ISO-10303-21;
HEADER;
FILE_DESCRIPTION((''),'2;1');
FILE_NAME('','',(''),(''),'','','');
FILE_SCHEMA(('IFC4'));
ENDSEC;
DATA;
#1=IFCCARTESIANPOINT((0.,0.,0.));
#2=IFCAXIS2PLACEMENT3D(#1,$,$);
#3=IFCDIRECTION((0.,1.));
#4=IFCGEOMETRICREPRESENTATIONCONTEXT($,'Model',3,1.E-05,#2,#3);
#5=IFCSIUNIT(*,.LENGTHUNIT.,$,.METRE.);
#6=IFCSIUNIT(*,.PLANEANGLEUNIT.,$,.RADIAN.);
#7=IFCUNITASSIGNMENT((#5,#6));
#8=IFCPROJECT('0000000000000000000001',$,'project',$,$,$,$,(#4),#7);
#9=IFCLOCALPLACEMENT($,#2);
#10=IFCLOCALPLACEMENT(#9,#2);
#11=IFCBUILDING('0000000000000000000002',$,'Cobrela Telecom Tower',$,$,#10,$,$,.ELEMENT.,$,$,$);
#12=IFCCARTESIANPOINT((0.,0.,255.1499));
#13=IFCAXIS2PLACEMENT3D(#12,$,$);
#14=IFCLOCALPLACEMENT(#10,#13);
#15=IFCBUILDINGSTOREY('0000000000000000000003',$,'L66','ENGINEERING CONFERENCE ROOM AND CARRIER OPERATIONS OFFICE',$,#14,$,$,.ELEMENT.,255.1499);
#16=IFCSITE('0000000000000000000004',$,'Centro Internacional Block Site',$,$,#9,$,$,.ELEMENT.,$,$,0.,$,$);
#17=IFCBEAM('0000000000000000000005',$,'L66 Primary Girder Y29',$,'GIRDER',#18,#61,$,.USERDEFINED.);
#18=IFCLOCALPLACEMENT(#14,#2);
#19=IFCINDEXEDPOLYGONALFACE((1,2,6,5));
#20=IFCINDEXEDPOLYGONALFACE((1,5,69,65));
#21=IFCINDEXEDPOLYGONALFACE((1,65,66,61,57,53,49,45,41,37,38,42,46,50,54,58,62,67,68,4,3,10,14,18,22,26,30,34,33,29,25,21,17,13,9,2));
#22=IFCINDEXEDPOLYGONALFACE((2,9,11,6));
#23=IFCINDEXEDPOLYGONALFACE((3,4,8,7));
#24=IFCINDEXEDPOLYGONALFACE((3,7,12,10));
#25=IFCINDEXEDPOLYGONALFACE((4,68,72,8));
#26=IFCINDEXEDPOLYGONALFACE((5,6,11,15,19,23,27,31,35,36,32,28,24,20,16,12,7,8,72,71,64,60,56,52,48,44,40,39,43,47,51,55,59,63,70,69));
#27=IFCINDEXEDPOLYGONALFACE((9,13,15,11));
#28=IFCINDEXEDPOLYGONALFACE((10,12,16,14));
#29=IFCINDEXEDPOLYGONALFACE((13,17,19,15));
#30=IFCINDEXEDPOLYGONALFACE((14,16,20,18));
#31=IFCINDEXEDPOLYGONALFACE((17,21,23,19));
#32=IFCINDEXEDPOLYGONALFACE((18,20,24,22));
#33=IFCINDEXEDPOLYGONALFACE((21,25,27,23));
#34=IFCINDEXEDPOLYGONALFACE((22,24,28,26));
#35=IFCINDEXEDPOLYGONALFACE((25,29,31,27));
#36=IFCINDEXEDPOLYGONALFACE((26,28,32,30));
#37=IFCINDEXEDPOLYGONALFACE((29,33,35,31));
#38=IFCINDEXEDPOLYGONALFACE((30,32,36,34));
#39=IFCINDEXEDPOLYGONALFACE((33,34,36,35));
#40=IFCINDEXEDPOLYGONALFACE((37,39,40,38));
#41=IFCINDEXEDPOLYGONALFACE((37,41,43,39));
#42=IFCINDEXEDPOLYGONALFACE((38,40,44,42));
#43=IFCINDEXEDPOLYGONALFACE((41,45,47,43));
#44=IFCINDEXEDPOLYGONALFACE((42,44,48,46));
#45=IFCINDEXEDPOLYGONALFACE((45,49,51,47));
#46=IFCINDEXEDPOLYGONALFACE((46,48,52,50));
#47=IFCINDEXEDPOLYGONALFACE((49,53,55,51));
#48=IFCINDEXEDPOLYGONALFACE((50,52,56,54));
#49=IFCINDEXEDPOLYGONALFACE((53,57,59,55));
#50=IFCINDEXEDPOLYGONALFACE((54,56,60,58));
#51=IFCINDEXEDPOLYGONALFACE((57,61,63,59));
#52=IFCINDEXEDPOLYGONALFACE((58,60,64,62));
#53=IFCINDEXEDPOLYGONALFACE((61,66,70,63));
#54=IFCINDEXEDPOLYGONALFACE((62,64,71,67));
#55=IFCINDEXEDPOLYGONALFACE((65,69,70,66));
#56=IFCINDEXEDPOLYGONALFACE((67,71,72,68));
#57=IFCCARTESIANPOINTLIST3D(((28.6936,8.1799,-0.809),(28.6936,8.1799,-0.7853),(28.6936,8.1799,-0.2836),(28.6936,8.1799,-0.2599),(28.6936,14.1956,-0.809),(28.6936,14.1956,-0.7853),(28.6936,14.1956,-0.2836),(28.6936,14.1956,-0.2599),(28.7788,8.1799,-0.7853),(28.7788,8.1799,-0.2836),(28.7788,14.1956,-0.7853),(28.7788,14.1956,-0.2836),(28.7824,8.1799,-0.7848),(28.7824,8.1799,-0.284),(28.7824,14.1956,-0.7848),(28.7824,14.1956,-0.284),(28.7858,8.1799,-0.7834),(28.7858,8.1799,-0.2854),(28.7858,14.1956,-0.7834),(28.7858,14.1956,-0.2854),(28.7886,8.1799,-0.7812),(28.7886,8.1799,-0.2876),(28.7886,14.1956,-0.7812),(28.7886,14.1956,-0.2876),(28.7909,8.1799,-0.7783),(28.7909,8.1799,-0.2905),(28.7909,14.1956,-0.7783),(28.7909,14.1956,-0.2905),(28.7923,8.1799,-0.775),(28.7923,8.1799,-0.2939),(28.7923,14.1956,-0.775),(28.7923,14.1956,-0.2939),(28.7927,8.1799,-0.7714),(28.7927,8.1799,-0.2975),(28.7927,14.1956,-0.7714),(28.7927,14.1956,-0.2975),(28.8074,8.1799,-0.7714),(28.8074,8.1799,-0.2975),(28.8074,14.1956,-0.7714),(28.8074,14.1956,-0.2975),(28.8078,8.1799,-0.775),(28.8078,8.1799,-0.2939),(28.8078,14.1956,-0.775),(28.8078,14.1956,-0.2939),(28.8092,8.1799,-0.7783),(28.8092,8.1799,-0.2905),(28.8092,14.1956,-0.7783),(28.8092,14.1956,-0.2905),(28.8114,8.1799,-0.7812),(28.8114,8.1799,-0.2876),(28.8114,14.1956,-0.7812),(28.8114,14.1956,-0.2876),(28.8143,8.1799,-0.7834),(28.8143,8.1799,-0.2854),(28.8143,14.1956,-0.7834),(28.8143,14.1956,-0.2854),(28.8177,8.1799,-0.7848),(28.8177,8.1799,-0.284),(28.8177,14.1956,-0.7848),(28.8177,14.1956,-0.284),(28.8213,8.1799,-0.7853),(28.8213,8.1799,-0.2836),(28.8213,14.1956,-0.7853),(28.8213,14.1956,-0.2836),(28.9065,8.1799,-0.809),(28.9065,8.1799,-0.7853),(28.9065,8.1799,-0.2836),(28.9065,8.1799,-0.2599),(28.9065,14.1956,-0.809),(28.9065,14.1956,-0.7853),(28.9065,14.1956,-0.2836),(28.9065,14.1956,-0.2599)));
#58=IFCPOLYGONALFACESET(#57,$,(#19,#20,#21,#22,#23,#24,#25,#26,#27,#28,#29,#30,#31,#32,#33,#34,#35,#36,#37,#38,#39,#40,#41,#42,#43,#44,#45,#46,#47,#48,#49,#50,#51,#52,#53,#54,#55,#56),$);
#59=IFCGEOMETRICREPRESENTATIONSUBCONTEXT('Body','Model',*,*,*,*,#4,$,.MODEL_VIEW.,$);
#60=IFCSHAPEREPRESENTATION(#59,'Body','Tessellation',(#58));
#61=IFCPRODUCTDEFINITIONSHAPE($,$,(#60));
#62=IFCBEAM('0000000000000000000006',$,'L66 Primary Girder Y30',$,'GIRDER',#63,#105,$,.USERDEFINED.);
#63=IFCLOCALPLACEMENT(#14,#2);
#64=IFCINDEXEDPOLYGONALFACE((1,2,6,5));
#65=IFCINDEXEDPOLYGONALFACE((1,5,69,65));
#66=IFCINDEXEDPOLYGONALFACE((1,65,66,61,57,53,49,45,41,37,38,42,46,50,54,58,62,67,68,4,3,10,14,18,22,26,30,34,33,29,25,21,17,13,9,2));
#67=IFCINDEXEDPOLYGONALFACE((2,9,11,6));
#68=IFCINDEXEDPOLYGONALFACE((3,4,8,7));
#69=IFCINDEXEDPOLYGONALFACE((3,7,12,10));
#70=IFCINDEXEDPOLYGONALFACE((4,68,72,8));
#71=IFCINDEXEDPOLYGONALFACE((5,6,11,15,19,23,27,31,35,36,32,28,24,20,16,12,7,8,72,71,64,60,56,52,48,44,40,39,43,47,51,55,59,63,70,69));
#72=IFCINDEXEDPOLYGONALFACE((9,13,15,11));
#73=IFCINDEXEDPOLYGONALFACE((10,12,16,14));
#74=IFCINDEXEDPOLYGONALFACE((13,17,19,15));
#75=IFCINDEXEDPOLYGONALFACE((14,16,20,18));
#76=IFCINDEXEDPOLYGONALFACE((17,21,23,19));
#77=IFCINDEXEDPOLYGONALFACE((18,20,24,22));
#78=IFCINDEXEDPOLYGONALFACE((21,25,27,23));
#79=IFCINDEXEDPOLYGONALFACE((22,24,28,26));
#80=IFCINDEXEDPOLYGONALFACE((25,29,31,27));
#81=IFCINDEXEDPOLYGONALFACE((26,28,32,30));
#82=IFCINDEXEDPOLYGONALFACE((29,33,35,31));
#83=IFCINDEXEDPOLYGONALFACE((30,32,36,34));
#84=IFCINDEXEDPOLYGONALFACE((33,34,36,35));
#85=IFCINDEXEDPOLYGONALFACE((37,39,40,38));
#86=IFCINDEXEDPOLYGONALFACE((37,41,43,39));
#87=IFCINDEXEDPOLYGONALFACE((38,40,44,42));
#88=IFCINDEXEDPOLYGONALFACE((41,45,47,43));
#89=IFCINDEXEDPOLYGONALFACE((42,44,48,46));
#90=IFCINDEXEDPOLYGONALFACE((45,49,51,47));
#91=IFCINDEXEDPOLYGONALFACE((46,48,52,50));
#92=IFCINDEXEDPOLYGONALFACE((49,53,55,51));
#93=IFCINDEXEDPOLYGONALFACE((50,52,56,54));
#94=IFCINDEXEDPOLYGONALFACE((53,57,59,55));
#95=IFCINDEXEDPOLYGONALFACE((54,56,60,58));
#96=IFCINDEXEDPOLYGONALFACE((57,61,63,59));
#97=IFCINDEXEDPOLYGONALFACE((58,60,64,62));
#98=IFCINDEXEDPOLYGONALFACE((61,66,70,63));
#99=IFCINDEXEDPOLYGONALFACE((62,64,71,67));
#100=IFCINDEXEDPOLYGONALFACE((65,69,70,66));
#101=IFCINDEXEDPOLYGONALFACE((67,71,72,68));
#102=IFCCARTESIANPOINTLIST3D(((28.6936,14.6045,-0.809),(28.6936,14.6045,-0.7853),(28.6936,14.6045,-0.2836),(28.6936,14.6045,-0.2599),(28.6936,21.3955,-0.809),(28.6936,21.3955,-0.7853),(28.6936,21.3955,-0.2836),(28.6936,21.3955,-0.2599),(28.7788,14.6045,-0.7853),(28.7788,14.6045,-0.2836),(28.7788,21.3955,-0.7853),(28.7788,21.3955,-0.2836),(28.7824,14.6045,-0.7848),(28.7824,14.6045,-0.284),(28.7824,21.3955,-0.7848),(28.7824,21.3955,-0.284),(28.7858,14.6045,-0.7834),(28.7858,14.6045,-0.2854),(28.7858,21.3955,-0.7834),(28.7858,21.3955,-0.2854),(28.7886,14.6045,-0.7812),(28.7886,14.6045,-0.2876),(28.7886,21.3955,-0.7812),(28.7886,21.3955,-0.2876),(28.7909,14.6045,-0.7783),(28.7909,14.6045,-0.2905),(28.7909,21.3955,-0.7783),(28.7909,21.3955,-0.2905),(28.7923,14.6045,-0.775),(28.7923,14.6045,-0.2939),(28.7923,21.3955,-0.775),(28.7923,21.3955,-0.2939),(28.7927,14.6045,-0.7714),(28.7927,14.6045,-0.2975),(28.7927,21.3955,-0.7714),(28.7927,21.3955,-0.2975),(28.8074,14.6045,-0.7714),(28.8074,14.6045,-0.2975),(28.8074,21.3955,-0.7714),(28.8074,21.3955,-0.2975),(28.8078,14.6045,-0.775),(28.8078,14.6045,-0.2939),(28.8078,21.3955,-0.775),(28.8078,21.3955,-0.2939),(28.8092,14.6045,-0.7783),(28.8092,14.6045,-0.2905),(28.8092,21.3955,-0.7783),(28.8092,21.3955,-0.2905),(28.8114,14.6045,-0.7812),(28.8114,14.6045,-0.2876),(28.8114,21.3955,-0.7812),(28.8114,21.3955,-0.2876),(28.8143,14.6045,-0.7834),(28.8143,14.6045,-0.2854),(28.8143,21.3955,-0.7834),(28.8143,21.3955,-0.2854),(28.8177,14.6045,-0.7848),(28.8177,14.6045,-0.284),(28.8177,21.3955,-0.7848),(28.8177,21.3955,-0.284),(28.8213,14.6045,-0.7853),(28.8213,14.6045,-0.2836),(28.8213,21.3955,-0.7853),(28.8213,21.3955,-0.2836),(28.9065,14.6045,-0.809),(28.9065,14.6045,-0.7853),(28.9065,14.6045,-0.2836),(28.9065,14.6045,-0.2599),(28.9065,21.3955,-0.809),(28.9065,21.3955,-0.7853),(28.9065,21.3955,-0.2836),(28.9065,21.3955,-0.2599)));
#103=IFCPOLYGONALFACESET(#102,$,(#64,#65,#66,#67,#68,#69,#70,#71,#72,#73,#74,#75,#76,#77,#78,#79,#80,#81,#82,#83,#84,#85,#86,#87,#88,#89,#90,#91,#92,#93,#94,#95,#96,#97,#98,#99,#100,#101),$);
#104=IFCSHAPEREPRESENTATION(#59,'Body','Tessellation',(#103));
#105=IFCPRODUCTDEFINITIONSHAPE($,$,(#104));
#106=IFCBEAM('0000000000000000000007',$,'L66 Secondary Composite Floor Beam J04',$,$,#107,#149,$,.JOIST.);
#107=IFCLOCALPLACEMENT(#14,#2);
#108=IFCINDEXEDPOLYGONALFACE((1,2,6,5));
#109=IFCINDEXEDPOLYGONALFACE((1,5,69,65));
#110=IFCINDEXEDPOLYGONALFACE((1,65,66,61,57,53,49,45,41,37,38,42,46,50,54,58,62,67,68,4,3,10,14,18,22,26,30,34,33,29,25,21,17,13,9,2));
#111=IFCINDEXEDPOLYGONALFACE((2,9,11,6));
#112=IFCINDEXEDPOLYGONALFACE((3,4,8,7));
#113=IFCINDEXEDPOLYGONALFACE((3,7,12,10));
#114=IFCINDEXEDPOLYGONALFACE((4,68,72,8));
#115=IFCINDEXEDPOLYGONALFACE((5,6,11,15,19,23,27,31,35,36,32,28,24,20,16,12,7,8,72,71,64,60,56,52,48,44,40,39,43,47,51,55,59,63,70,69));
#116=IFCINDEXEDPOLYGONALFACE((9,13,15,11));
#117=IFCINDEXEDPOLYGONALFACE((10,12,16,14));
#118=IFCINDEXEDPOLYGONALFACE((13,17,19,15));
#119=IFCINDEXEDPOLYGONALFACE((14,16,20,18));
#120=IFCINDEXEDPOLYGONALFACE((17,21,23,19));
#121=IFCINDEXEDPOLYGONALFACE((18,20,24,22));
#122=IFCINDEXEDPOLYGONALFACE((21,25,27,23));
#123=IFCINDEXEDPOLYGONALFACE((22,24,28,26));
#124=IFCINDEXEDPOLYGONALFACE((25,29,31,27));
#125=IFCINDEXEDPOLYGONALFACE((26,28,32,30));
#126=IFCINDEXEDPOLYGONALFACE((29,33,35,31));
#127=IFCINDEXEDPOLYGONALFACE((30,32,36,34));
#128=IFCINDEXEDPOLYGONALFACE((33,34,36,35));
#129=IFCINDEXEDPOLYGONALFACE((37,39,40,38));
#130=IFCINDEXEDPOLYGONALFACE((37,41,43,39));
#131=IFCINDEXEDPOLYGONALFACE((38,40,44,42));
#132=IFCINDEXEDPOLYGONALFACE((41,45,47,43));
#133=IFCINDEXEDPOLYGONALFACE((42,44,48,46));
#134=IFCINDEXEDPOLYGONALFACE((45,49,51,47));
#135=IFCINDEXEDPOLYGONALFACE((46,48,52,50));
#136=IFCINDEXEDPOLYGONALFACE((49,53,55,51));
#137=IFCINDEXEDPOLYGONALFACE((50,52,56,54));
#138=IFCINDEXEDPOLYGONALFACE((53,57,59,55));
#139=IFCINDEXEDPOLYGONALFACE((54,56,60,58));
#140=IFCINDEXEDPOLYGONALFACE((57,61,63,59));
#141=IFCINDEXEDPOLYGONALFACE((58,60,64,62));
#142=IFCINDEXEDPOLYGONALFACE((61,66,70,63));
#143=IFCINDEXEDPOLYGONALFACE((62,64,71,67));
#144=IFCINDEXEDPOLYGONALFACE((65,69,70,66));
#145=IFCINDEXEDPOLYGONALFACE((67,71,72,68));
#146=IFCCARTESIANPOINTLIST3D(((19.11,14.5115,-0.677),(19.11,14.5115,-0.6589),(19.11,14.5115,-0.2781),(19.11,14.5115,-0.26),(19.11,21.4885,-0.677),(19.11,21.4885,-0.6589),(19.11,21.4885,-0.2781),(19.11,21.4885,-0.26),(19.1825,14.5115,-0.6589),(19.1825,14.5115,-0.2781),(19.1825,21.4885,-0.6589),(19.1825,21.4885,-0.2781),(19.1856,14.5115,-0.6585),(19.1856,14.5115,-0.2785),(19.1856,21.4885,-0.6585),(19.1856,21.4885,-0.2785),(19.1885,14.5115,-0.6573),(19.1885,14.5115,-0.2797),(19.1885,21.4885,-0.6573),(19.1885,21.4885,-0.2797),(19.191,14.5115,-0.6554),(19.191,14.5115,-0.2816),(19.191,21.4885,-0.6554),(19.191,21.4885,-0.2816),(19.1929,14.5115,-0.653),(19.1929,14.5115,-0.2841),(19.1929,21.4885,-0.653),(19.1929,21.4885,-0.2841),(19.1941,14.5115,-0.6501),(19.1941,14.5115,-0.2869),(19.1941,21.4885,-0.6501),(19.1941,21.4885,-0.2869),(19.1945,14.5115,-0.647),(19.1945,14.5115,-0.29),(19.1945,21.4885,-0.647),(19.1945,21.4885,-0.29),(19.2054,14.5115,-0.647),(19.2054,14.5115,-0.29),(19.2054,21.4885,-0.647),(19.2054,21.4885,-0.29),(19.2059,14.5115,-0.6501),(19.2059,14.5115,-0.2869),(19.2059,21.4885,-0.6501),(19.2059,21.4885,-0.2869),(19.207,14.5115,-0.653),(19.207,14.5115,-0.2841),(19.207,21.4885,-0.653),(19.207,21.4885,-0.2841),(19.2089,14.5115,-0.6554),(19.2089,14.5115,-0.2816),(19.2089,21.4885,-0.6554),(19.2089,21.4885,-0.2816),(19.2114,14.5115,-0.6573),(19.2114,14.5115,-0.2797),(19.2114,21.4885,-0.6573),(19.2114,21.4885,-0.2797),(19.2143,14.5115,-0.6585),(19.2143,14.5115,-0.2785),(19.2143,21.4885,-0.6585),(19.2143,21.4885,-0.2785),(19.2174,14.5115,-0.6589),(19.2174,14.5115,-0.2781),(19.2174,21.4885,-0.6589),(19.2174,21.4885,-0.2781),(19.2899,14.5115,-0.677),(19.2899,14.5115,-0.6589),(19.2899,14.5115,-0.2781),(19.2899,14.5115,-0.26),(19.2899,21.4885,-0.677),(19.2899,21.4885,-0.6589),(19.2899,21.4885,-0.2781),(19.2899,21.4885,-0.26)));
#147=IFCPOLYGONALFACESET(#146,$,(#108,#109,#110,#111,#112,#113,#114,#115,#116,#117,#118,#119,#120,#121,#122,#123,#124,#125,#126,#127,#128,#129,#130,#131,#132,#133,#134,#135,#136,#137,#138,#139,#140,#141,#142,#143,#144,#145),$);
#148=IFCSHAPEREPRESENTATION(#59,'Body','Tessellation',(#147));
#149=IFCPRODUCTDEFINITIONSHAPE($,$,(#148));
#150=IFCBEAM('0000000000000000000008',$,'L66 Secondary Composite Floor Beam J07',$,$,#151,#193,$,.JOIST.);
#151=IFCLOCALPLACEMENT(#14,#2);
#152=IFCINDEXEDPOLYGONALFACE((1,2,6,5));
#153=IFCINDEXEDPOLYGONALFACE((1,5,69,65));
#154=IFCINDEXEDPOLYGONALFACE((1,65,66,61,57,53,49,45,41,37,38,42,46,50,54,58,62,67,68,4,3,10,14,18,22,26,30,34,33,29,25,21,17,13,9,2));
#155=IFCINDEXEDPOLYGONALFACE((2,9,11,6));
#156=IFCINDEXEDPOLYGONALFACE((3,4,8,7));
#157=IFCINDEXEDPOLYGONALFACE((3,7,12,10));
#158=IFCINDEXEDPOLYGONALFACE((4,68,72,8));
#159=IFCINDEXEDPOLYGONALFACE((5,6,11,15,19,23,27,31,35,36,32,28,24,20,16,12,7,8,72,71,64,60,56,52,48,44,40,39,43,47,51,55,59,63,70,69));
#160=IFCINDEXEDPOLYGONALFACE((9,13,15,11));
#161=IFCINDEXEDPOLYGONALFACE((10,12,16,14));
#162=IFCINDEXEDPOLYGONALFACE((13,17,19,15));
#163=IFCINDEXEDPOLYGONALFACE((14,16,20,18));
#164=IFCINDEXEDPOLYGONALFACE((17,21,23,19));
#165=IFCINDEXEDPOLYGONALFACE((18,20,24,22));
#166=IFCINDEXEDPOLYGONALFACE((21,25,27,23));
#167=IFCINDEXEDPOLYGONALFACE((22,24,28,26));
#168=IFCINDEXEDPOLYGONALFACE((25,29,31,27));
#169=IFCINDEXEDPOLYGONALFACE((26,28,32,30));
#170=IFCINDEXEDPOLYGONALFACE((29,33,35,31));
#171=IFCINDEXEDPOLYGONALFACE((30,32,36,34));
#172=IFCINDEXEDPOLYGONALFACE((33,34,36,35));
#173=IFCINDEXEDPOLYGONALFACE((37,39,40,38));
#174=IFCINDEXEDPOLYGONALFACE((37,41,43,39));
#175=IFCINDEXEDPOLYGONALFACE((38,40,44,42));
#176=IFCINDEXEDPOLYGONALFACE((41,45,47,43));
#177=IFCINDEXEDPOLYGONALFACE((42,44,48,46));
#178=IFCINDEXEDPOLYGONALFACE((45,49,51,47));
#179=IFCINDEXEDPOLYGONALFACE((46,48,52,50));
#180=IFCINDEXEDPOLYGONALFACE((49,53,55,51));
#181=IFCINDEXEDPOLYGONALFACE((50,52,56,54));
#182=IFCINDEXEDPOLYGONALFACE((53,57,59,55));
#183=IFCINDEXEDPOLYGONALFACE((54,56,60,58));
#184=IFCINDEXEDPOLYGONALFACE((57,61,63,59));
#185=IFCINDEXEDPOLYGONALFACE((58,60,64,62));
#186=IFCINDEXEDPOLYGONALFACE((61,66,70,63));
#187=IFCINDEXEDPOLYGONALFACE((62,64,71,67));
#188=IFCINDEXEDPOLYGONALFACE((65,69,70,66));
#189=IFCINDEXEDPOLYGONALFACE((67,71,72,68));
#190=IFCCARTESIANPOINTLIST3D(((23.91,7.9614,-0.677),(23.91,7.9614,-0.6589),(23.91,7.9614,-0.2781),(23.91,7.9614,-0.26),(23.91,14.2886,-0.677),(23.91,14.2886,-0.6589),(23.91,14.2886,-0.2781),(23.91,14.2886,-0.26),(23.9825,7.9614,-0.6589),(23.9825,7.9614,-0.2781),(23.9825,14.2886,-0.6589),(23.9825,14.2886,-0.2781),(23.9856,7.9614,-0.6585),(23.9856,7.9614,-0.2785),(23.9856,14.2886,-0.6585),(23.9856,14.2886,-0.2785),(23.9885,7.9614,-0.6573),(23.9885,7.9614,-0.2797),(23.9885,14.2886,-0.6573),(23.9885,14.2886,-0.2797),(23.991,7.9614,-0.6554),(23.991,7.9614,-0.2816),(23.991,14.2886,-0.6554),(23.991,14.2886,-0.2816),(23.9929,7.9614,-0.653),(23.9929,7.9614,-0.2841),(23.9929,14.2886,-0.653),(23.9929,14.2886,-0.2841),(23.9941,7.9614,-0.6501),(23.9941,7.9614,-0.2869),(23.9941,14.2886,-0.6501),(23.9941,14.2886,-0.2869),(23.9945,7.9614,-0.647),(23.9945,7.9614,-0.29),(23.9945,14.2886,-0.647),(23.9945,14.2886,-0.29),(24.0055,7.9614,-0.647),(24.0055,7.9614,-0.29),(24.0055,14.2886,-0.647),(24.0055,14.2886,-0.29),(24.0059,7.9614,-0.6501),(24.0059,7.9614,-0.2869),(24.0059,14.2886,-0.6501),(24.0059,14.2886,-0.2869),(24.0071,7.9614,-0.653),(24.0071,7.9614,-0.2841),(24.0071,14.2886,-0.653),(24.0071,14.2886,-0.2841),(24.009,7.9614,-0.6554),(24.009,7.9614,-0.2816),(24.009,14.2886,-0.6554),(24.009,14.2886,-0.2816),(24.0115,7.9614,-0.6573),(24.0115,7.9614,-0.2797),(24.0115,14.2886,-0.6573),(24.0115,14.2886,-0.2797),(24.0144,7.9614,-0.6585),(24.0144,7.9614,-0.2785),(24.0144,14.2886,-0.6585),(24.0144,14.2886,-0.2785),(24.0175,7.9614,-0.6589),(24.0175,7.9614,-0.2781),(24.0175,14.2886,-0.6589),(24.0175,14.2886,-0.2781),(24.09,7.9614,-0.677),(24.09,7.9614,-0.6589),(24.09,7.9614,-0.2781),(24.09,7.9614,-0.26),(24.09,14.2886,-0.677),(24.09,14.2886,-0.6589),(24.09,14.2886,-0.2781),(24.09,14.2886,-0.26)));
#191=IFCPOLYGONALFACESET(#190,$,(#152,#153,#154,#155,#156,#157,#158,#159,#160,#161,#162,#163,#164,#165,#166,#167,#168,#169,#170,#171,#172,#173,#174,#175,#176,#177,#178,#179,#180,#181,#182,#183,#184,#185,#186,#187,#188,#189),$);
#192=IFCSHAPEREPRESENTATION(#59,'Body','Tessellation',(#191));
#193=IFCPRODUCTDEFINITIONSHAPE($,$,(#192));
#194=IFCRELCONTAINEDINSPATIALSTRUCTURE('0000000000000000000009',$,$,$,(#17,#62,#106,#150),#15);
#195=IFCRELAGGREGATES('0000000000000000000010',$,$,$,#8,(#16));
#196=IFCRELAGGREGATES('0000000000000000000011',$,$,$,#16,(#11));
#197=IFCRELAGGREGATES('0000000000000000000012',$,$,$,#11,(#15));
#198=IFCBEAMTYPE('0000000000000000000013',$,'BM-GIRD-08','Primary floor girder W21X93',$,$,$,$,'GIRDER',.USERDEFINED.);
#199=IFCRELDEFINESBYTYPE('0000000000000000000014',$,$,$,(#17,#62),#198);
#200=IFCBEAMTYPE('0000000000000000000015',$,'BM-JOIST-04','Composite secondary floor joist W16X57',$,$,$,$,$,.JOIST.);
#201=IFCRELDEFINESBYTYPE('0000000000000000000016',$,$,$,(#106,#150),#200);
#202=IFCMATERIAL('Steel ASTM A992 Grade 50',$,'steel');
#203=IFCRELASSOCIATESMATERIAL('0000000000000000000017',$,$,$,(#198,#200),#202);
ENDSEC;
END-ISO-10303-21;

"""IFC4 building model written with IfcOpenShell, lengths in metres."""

from ifc_helpers import new_model, si_unit, direction, frame, origin, origin_2d, place, context, subcontext, project, spatial, i_section, extrude, material, material_profile, profile_set, type_object, element, save


model = new_model("IFC4")

# Units and contexts
model_context = context("Model", 3, precision=1e-05, world=origin(), true_north=direction((0.0, 1.0)))
body_context = subcontext(model_context, "Body", "Model", "MODEL_VIEW")
ifc_project = project(units=[si_unit("LENGTHUNIT", "METRE"), si_unit("PLANEANGLEUNIT", "RADIAN")], contexts=[model_context])

# Site, building, storey
site_placement = place(None, origin())
site = spatial("IfcSite", under=ifc_project, at=site_placement, Name="Centro Internacional Block Site", CompositionType="ELEMENT", RefElevation=0.0)
building_placement = place(site_placement, origin())
building = spatial("IfcBuilding", under=site, at=building_placement, Name="Cobrela Telecom Tower", CompositionType="ELEMENT")
storey_placement = place(building_placement, frame((0.0, 0.0, 255.1499)))
storey = spatial("IfcBuildingStorey", under=building, at=storey_placement, Name="L66", Description="ENGINEERING CONFERENCE ROOM AND CARRIER OPERATIONS OFFICE", CompositionType="ELEMENT", Elevation=255.1499)

# Shared definitions
ifc_material_1 = material(Name="Steel ASTM A992 Grade 50", Category="steel")

# Beams
ifc_material_profile_1 = material_profile(ifc_material_1, i_section(OverallWidth=0.2129, OverallDepth=0.5491, WebThickness=0.0146, FlangeThickness=0.0237, FilletRadius=0.0139, at=origin_2d()), Name="W21X93")
ifc_profile_set_1 = profile_set([ifc_material_profile_1], Name="Steel ASTM A992 Grade 50")
beam_type_1 = type_object("IfcBeamType", Name="BM-GIRD-08", Description="Primary floor girder W21X93", ElementType="GIRDER", PredefinedType="USERDEFINED", material=ifc_profile_set_1)
beam_1_placement = place(storey_placement, frame((28.8, 8.1799, -0.5344), z_axis=(0.0, 1.0, 0.0), x_axis=(-1.0, 0.0, 0.0)))
element("IfcBeam", 1, at=beam_1_placement, inside=storey, type_object=beam_type_1, Name="L66 Primary Girder Y29", ObjectType="GIRDER", PredefinedType="USERDEFINED", context=body_context, shape_type="SweptSolid", body=[
    extrude(i_section(OverallWidth=0.2129, OverallDepth=0.5491, WebThickness=0.0146, FlangeThickness=0.0237, FilletRadius=0.0139, at=origin_2d()), origin(), (0.0, 0.0, 1.0), 6.0156),
])
beam_2_placement = place(storey_placement, frame((28.8, 14.6045, -0.5344), z_axis=(0.0, 1.0, 0.0), x_axis=(-1.0, 0.0, 0.0)))
element("IfcBeam", 2, at=beam_2_placement, inside=storey, type_object=beam_type_1, Name="L66 Primary Girder Y30", ObjectType="GIRDER", PredefinedType="USERDEFINED", context=body_context, shape_type="SweptSolid", body=[
    extrude(i_section(OverallWidth=0.2129, OverallDepth=0.5491, WebThickness=0.0146, FlangeThickness=0.0237, FilletRadius=0.0139, at=origin_2d()), origin(), (0.0, 0.0, 1.0), 6.791),
])
ifc_material_profile_2 = material_profile(ifc_material_1, i_section(OverallWidth=0.1799, OverallDepth=0.417, WebThickness=0.011, FlangeThickness=0.0181, FilletRadius=0.012, at=origin_2d()), Name="W16X57")
ifc_profile_set_2 = profile_set([ifc_material_profile_2], Name="Steel ASTM A992 Grade 50")
beam_type_2 = type_object("IfcBeamType", Name="BM-JOIST-04", Description="Composite secondary floor joist W16X57", PredefinedType="JOIST", material=ifc_profile_set_2)
beam_3_placement = place(storey_placement, frame((19.2, 14.5115, -0.4685), z_axis=(0.0, 1.0, 0.0), x_axis=(-1.0, 0.0, 0.0)))
element("IfcBeam", 3, at=beam_3_placement, inside=storey, type_object=beam_type_2, Name="L66 Secondary Composite Floor Beam J04", PredefinedType="JOIST", context=body_context, shape_type="SweptSolid", body=[
    extrude(i_section(OverallWidth=0.1799, OverallDepth=0.417, WebThickness=0.011, FlangeThickness=0.0181, FilletRadius=0.012, at=origin_2d()), origin(), (0.0, 0.0, 1.0), 6.9771),
])
beam_4_placement = place(storey_placement, frame((24.0, 7.9614, -0.4685), z_axis=(0.0, 1.0, 0.0), x_axis=(-1.0, 0.0, 0.0)))
element("IfcBeam", 4, at=beam_4_placement, inside=storey, type_object=beam_type_2, Name="L66 Secondary Composite Floor Beam J07", PredefinedType="JOIST", context=body_context, shape_type="SweptSolid", body=[
    extrude(i_section(OverallWidth=0.1799, OverallDepth=0.417, WebThickness=0.011, FlangeThickness=0.0181, FilletRadius=0.012, at=origin_2d()), origin(), (0.0, 0.0, 1.0), 6.3271),
])

save(model, "model.ifc")
